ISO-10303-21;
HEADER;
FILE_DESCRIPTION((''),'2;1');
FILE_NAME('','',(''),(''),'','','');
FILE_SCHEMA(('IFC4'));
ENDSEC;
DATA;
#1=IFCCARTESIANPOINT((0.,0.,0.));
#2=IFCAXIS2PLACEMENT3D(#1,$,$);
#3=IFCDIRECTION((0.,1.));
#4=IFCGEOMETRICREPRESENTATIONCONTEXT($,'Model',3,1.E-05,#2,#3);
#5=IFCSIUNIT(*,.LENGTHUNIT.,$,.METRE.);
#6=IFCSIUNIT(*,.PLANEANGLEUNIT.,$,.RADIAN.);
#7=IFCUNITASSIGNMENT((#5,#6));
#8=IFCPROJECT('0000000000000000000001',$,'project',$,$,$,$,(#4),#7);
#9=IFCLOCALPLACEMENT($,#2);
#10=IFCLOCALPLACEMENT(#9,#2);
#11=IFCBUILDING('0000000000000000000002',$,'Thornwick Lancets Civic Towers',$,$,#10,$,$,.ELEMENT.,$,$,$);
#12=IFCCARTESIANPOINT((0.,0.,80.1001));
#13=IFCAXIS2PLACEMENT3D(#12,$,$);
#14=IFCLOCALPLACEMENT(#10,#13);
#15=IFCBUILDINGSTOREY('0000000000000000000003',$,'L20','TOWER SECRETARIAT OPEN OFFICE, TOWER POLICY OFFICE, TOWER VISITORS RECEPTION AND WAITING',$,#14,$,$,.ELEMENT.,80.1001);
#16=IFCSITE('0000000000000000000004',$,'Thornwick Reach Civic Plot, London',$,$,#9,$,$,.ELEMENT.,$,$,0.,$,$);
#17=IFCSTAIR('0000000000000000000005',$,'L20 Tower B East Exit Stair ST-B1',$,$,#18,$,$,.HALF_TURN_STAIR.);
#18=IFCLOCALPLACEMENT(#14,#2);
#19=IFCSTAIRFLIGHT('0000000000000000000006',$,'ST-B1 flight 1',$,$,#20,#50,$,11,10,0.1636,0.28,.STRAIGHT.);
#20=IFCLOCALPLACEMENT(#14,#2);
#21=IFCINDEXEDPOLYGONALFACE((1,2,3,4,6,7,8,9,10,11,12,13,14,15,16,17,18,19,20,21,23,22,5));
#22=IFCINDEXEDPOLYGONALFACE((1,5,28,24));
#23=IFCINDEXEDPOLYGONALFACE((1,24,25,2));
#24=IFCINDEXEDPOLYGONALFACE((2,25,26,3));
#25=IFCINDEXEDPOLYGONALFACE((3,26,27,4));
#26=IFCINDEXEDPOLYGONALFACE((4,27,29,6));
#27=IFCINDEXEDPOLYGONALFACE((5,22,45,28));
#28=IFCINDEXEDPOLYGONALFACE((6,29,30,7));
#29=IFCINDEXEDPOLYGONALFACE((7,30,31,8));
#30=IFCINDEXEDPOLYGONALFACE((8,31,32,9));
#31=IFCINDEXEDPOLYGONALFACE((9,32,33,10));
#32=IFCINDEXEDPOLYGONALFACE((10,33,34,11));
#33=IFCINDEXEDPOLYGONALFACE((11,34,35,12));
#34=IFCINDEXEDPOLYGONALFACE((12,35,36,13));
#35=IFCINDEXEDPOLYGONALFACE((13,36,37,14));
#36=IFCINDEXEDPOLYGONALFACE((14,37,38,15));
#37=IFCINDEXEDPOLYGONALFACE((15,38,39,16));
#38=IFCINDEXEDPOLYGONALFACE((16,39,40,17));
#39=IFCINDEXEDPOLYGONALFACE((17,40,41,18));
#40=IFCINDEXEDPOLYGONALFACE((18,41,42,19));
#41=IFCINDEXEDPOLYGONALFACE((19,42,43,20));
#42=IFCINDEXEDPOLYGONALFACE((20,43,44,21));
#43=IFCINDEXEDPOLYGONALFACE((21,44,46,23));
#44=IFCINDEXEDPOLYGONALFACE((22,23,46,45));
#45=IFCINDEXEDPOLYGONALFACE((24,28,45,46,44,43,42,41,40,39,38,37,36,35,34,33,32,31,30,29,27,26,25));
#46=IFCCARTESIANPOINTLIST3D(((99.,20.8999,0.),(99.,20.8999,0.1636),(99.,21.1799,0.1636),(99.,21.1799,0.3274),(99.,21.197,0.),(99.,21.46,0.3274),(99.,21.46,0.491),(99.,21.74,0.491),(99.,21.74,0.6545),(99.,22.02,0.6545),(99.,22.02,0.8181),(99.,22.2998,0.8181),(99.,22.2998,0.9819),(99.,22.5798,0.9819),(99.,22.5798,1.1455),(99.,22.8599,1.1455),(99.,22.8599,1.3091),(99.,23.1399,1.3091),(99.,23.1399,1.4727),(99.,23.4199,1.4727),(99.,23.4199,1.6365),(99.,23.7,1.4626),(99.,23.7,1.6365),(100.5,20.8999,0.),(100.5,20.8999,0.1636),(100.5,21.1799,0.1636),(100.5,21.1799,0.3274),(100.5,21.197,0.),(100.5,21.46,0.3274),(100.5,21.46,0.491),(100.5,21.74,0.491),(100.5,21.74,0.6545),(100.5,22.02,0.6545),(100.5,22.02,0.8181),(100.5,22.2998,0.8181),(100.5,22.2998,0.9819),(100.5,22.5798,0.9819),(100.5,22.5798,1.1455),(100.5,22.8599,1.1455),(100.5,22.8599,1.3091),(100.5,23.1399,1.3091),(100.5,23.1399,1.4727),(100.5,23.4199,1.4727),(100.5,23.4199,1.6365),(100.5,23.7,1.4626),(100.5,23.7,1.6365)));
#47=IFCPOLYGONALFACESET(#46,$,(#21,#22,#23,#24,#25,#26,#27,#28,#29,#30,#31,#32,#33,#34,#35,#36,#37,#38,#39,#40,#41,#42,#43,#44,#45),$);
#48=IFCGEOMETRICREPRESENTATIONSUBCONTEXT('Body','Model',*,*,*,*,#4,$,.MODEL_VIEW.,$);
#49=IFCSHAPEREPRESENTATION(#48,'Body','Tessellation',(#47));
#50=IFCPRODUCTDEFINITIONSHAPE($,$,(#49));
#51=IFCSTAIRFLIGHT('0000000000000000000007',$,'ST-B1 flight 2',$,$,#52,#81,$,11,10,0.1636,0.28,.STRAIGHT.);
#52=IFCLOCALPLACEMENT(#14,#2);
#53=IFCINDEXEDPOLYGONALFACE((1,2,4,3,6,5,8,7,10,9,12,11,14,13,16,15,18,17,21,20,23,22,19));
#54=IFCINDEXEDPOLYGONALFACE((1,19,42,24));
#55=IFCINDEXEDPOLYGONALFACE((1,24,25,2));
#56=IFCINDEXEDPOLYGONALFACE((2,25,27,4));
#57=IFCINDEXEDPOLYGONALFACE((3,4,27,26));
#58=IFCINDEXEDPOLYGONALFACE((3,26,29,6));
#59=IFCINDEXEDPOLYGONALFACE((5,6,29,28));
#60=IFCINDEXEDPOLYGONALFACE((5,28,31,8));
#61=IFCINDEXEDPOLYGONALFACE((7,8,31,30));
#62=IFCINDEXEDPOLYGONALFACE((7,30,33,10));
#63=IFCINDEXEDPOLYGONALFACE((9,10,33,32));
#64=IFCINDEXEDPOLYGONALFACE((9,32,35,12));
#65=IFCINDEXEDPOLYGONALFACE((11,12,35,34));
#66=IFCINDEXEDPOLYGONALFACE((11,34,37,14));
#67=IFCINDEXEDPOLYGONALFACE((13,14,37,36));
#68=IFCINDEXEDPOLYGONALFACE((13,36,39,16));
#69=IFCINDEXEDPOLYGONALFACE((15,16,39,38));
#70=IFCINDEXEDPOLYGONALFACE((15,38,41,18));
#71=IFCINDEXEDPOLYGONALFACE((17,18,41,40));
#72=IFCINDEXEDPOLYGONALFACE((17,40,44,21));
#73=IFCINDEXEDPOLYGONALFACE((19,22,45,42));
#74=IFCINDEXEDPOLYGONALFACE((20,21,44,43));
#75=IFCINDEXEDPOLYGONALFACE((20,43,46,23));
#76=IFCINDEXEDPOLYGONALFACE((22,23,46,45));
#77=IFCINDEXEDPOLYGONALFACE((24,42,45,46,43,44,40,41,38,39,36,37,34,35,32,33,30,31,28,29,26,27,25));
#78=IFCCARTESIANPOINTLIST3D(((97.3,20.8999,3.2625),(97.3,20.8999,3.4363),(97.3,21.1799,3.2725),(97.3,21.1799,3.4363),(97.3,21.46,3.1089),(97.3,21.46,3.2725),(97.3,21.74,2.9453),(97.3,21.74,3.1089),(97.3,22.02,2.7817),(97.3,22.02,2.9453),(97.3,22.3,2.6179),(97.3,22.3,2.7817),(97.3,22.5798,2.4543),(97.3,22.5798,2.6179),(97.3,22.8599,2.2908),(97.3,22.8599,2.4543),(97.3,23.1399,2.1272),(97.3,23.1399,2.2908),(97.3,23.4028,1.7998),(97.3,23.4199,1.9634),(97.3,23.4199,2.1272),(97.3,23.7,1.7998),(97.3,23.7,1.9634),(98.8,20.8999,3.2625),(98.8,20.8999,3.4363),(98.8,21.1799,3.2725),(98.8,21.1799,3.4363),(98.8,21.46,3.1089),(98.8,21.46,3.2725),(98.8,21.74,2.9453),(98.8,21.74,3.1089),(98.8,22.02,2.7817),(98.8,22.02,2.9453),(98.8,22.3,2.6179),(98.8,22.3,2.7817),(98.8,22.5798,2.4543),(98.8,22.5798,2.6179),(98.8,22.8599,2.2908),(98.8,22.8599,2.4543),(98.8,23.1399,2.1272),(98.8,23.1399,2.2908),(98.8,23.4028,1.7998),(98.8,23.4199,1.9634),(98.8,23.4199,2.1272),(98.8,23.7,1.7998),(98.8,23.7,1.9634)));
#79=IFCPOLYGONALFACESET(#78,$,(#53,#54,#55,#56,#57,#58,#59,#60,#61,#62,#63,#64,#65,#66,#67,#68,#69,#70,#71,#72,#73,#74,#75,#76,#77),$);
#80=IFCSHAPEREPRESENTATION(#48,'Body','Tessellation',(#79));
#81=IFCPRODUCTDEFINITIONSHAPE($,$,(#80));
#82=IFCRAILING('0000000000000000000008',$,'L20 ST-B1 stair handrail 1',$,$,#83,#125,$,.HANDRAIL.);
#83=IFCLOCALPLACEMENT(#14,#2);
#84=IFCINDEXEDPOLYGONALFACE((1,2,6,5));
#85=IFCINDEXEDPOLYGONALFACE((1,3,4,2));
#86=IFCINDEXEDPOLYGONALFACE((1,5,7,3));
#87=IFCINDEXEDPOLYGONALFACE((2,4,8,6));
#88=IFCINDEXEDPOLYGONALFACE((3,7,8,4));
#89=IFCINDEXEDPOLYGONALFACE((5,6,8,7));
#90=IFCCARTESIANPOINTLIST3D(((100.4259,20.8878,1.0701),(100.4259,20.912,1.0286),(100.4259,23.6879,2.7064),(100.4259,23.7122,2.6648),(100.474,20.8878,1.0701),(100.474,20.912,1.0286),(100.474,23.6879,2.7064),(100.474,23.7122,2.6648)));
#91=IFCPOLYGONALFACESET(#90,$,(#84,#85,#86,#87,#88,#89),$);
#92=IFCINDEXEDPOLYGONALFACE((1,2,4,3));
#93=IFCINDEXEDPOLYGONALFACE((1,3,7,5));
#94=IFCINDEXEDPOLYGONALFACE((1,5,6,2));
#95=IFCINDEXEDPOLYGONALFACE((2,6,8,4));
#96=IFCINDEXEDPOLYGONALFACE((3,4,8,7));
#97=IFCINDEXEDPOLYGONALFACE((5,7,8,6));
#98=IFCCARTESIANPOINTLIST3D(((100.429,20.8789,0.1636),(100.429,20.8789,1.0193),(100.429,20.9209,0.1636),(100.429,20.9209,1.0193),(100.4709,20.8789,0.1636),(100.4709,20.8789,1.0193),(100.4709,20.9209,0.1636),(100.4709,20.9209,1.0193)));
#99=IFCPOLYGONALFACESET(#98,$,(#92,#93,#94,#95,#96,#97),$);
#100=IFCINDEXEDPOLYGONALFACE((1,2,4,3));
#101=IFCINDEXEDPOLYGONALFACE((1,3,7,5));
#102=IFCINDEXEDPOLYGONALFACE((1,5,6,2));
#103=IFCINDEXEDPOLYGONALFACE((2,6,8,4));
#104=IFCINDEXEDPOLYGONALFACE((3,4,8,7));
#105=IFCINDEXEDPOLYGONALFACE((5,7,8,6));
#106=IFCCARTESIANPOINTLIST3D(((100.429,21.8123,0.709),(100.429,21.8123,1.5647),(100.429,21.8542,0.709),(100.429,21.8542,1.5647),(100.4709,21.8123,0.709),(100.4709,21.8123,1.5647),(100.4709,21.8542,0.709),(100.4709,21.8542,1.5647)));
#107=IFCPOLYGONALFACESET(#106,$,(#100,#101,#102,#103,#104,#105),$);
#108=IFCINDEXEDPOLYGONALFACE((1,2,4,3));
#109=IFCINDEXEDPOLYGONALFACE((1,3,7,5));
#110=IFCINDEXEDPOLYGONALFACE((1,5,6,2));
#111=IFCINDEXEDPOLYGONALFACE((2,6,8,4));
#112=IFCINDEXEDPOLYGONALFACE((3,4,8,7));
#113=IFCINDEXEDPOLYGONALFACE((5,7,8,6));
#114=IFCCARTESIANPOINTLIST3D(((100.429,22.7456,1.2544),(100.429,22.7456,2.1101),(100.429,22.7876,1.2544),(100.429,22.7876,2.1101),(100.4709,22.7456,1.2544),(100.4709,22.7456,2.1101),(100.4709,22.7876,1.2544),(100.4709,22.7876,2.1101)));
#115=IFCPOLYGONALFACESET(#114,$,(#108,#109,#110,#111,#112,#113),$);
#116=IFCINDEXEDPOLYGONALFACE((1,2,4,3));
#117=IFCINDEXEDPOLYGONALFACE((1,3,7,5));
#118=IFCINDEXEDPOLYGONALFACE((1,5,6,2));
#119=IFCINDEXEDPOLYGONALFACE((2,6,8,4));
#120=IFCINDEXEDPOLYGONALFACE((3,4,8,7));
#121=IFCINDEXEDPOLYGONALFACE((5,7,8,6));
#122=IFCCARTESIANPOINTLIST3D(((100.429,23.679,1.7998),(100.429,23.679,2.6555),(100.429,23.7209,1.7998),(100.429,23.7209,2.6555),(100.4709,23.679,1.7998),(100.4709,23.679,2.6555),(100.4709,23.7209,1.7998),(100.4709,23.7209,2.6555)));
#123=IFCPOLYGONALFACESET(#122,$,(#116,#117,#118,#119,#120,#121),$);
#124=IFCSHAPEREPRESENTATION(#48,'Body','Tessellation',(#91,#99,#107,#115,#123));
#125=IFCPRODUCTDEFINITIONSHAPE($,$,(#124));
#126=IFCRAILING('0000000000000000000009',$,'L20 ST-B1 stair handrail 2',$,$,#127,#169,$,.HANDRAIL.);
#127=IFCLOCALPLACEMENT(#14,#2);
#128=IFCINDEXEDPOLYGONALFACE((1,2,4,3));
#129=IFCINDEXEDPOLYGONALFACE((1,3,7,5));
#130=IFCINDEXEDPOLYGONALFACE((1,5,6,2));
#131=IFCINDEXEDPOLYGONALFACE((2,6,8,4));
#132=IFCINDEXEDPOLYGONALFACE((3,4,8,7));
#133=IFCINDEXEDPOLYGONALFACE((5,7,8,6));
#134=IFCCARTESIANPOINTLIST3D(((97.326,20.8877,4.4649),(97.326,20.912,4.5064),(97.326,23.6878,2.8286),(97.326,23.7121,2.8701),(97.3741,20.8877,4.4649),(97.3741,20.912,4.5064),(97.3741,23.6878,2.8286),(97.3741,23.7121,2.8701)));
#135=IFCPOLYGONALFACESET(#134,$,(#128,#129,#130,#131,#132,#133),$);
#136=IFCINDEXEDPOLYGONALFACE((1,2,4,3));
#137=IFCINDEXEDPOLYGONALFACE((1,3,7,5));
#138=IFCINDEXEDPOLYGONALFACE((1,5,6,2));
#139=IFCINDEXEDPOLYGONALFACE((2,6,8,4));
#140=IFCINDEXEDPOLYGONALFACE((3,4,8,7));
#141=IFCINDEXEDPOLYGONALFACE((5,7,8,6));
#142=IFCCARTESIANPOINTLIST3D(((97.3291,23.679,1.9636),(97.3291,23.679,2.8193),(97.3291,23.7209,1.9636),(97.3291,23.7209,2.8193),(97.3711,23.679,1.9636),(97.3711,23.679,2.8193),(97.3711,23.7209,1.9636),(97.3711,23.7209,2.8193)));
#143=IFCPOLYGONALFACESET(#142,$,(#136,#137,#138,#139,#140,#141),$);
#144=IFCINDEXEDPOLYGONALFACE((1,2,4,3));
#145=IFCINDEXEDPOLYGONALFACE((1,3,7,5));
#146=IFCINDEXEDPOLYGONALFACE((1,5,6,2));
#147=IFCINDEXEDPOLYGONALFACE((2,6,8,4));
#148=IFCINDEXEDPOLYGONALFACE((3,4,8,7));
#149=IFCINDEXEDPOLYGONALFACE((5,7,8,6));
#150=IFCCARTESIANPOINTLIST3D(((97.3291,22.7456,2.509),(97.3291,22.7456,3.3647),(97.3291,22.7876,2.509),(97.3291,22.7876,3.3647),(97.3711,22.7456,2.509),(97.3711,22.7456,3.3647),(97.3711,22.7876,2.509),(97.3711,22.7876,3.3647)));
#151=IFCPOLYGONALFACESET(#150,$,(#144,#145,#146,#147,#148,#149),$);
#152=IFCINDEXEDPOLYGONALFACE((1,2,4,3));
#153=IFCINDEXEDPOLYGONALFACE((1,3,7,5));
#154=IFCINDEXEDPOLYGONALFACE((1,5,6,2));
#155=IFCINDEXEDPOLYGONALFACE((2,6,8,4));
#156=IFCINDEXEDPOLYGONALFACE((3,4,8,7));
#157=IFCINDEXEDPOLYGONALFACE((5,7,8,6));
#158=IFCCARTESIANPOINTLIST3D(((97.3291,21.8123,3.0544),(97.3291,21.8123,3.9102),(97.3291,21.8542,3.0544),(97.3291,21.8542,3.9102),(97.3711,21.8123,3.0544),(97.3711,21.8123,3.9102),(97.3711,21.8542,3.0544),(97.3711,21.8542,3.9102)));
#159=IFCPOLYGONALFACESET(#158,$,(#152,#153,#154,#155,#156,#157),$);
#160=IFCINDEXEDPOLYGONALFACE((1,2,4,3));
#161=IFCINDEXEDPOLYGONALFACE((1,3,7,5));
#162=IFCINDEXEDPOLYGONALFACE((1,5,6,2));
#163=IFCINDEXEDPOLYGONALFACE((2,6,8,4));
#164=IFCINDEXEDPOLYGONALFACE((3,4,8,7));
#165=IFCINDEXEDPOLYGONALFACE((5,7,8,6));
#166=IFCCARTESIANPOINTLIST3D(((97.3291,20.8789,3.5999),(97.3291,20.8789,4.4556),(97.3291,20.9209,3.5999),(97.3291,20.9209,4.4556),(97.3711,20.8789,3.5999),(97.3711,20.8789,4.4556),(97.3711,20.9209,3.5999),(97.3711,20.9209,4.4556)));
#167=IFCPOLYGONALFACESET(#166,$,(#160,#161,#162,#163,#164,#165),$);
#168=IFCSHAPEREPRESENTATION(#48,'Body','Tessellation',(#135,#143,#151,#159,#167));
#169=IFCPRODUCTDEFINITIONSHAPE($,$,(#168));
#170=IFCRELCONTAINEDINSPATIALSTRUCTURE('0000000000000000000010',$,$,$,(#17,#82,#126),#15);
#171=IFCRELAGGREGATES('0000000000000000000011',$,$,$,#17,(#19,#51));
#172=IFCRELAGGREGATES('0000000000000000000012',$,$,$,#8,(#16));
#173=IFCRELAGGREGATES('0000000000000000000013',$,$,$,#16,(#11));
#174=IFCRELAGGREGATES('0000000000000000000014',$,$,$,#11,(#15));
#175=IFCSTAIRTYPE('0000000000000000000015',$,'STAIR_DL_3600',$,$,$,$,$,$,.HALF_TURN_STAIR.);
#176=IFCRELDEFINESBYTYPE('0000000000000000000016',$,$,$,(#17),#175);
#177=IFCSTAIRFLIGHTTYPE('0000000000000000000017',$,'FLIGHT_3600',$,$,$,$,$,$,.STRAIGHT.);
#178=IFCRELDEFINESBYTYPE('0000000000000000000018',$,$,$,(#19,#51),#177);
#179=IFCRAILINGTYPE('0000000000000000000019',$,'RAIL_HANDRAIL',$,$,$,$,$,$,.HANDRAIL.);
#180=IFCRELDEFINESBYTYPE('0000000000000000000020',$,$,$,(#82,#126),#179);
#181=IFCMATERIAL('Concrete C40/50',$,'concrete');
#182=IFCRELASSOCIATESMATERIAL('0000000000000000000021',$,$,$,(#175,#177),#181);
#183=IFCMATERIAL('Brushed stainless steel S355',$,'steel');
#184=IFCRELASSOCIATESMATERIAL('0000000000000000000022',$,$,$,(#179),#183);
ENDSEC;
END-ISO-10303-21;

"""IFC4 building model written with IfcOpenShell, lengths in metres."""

from ifc_helpers import new_model, si_unit, direction, frame, origin, origin_2d, place, context, subcontext, project, spatial, polyline, rectangle, outline, extrude, material, type_object, element, aggregate, save


model = new_model("IFC4")

# Units and contexts
model_context = context("Model", 3, precision=1e-05, world=origin(), true_north=direction((0.0, 1.0)))
body_context = subcontext(model_context, "Body", "Model", "MODEL_VIEW")
ifc_project = project(units=[si_unit("LENGTHUNIT", "METRE"), si_unit("PLANEANGLEUNIT", "RADIAN")], contexts=[model_context])

# Site, building, storey
site_placement = place(None, origin())
site = spatial("IfcSite", under=ifc_project, at=site_placement, Name="Thornwick Reach Civic Plot, London", CompositionType="ELEMENT", RefElevation=0.0)
building_placement = place(site_placement, origin())
building = spatial("IfcBuilding", under=site, at=building_placement, Name="Thornwick Lancets Civic Towers", CompositionType="ELEMENT")
storey_placement = place(building_placement, frame((0.0, 0.0, 80.1001)))
storey = spatial("IfcBuildingStorey", under=building, at=storey_placement, Name="L20", Description="TOWER SECRETARIAT OPEN OFFICE, TOWER POLICY OFFICE, TOWER VISITORS RECEPTION AND WAITING", CompositionType="ELEMENT", Elevation=80.1001)

# Shared definitions
ifc_material_1 = material(Name="Concrete C40/50", Category="concrete")

# Stair, stair flights
stair_type = type_object("IfcStairType", Name="STAIR_DL_3600", PredefinedType="HALF_TURN_STAIR", material=ifc_material_1)
stair_placement = place(storey_placement, origin())
stair = element("IfcStair", 1, at=stair_placement, inside=storey, type_object=stair_type, Name="L20 Tower B East Exit Stair ST-B1", PredefinedType="HALF_TURN_STAIR")
stair_flight_type = type_object("IfcStairFlightType", Name="FLIGHT_3600", PredefinedType="STRAIGHT", material=ifc_material_1)
stair_flight_1_placement = place(storey_placement, frame((99.75, 20.8999, 0.0), z_axis=(0.0, 0.0, 1.0), x_axis=(0.0, 1.0, 0.0)))
stair_flight_1 = element("IfcStairFlight", 2, at=stair_flight_1_placement, type_object=stair_flight_type, Name="ST-B1 flight 1", NumberOfRisers=11, NumberOfTreads=10, PredefinedType="STRAIGHT", RiserHeight=0.1636, TreadLength=0.28, context=body_context, shape_type="SweptSolid", body=[
    extrude(outline(polyline([(0.0, 0.0), (0.0, 0.1636), (0.28, 0.1636), (0.28, 0.3274), (0.5601, 0.3274), (0.5601, 0.491), (0.8401, 0.491), (0.8401, 0.6545), (1.1201, 0.6545), (1.1201, 0.8181), (1.3999, 0.8181), (1.3999, 0.9819), (1.6799, 0.9819), (1.6799, 1.1455), (1.96, 1.1455), (1.96, 1.3091), (2.24, 1.3091), (2.24, 1.4727), (2.52, 1.4727), (2.52, 1.6365), (2.8, 1.6365), (2.8, 1.8), (2.8, 1.4626), (0.2971, 0.0), (0.0, 0.0)])), frame((0.0, 0.75, 0.0), z_axis=(0.0, -1.0, 0.0), x_axis=(1.0, 0.0, 0.0)), (0.0, 0.0, 1.0), 1.5),
])
stair_flight_2_placement = place(storey_placement, frame((98.05, 23.7, 1.7998), z_axis=(0.0, 0.0, 1.0), x_axis=(0.0, -1.0, 0.0)))
stair_flight_2 = element("IfcStairFlight", 3, at=stair_flight_2_placement, type_object=stair_flight_type, Name="ST-B1 flight 2", NumberOfRisers=11, NumberOfTreads=10, PredefinedType="STRAIGHT", RiserHeight=0.1636, TreadLength=0.28, context=body_context, shape_type="SweptSolid", body=[
    extrude(outline(polyline([(0.0, 0.0), (0.0, 0.1636), (0.28, 0.1636), (0.28, 0.3274), (0.5601, 0.3274), (0.5601, 0.491), (0.8401, 0.491), (0.8401, 0.6545), (1.1201, 0.6545), (1.1201, 0.8181), (1.3999, 0.8181), (1.3999, 0.9819), (1.6799, 0.9819), (1.6799, 1.1455), (1.96, 1.1455), (1.96, 1.3091), (2.24, 1.3091), (2.24, 1.4727), (2.52, 1.4727), (2.52, 1.6365), (2.8, 1.6365), (2.8, 1.8), (2.8, 1.4626), (0.2971, 0.0), (0.0, 0.0)])), frame((0.0, 0.75, 0.0), z_axis=(0.0, -1.0, 0.0), x_axis=(1.0, 0.0, 0.0)), (0.0, 0.0, 1.0), 1.5),
])
aggregate(stair, [stair_flight_1, stair_flight_2])

# Railings
ifc_material_2 = material(Name="Brushed stainless steel S355", Category="steel")
railing_type_1 = type_object("IfcRailingType", Name="RAIL_HANDRAIL", PredefinedType="HANDRAIL", material=ifc_material_2)
railing_1_placement = place(storey_placement, frame((100.45, 20.8999, 0.1636)))
element("IfcRailing", 4, at=railing_1_placement, inside=storey, type_object=railing_type_1, Name="L20 ST-B1 stair handrail 1", PredefinedType="HANDRAIL", context=body_context, shape_type="SweptSolid", body=[
    extrude(rectangle(XDim=0.0481, YDim=0.0481, at=origin_2d()), frame((0.0, 0.0, 0.8857), z_axis=(0.0, 0.863394, 0.504531), x_axis=(-1.0, 0.0, 0.0)), (0.0, 0.0, 1.0), 3.2432),
    extrude(rectangle(XDim=0.042, YDim=0.042, at=origin_2d()), origin(), (0.0, 0.0, 1.0), 0.8557),
    extrude(rectangle(XDim=0.042, YDim=0.042, at=origin_2d()), frame((0.0, 0.9333, 0.5454)), (0.0, 0.0, 1.0), 0.8557),
    extrude(rectangle(XDim=0.042, YDim=0.042, at=origin_2d()), frame((0.0, 1.8667, 1.0908)), (0.0, 0.0, 1.0), 0.8557),
    extrude(rectangle(XDim=0.042, YDim=0.042, at=origin_2d()), frame((0.0, 2.8, 1.6362)), (0.0, 0.0, 1.0), 0.8557),
])
railing_2_placement = place(storey_placement, frame((97.3501, 23.7, 1.9636)))
element("IfcRailing", 5, at=railing_2_placement, inside=storey, type_object=railing_type_1, Name="L20 ST-B1 stair handrail 2", PredefinedType="HANDRAIL", context=body_context, shape_type="SweptSolid", body=[
    extrude(rectangle(XDim=0.0481, YDim=0.0481, at=origin_2d()), frame((0.0, 0.0, 0.8857), z_axis=(0.0, -0.863394, 0.504531), x_axis=(1.0, 0.0, 0.0)), (0.0, 0.0, 1.0), 3.2432),
    extrude(rectangle(XDim=0.042, YDim=0.042, at=origin_2d()), origin(), (0.0, 0.0, 1.0), 0.8557),
    extrude(rectangle(XDim=0.042, YDim=0.042, at=origin_2d()), frame((0.0, -0.9333, 0.5454)), (0.0, 0.0, 1.0), 0.8557),
    extrude(rectangle(XDim=0.042, YDim=0.042, at=origin_2d()), frame((0.0, -1.8667, 1.0908)), (0.0, 0.0, 1.0), 0.8557),
    extrude(rectangle(XDim=0.042, YDim=0.042, at=origin_2d()), frame((0.0, -2.8, 1.6362)), (0.0, 0.0, 1.0), 0.8557),
])

save(model, "model.ifc")
